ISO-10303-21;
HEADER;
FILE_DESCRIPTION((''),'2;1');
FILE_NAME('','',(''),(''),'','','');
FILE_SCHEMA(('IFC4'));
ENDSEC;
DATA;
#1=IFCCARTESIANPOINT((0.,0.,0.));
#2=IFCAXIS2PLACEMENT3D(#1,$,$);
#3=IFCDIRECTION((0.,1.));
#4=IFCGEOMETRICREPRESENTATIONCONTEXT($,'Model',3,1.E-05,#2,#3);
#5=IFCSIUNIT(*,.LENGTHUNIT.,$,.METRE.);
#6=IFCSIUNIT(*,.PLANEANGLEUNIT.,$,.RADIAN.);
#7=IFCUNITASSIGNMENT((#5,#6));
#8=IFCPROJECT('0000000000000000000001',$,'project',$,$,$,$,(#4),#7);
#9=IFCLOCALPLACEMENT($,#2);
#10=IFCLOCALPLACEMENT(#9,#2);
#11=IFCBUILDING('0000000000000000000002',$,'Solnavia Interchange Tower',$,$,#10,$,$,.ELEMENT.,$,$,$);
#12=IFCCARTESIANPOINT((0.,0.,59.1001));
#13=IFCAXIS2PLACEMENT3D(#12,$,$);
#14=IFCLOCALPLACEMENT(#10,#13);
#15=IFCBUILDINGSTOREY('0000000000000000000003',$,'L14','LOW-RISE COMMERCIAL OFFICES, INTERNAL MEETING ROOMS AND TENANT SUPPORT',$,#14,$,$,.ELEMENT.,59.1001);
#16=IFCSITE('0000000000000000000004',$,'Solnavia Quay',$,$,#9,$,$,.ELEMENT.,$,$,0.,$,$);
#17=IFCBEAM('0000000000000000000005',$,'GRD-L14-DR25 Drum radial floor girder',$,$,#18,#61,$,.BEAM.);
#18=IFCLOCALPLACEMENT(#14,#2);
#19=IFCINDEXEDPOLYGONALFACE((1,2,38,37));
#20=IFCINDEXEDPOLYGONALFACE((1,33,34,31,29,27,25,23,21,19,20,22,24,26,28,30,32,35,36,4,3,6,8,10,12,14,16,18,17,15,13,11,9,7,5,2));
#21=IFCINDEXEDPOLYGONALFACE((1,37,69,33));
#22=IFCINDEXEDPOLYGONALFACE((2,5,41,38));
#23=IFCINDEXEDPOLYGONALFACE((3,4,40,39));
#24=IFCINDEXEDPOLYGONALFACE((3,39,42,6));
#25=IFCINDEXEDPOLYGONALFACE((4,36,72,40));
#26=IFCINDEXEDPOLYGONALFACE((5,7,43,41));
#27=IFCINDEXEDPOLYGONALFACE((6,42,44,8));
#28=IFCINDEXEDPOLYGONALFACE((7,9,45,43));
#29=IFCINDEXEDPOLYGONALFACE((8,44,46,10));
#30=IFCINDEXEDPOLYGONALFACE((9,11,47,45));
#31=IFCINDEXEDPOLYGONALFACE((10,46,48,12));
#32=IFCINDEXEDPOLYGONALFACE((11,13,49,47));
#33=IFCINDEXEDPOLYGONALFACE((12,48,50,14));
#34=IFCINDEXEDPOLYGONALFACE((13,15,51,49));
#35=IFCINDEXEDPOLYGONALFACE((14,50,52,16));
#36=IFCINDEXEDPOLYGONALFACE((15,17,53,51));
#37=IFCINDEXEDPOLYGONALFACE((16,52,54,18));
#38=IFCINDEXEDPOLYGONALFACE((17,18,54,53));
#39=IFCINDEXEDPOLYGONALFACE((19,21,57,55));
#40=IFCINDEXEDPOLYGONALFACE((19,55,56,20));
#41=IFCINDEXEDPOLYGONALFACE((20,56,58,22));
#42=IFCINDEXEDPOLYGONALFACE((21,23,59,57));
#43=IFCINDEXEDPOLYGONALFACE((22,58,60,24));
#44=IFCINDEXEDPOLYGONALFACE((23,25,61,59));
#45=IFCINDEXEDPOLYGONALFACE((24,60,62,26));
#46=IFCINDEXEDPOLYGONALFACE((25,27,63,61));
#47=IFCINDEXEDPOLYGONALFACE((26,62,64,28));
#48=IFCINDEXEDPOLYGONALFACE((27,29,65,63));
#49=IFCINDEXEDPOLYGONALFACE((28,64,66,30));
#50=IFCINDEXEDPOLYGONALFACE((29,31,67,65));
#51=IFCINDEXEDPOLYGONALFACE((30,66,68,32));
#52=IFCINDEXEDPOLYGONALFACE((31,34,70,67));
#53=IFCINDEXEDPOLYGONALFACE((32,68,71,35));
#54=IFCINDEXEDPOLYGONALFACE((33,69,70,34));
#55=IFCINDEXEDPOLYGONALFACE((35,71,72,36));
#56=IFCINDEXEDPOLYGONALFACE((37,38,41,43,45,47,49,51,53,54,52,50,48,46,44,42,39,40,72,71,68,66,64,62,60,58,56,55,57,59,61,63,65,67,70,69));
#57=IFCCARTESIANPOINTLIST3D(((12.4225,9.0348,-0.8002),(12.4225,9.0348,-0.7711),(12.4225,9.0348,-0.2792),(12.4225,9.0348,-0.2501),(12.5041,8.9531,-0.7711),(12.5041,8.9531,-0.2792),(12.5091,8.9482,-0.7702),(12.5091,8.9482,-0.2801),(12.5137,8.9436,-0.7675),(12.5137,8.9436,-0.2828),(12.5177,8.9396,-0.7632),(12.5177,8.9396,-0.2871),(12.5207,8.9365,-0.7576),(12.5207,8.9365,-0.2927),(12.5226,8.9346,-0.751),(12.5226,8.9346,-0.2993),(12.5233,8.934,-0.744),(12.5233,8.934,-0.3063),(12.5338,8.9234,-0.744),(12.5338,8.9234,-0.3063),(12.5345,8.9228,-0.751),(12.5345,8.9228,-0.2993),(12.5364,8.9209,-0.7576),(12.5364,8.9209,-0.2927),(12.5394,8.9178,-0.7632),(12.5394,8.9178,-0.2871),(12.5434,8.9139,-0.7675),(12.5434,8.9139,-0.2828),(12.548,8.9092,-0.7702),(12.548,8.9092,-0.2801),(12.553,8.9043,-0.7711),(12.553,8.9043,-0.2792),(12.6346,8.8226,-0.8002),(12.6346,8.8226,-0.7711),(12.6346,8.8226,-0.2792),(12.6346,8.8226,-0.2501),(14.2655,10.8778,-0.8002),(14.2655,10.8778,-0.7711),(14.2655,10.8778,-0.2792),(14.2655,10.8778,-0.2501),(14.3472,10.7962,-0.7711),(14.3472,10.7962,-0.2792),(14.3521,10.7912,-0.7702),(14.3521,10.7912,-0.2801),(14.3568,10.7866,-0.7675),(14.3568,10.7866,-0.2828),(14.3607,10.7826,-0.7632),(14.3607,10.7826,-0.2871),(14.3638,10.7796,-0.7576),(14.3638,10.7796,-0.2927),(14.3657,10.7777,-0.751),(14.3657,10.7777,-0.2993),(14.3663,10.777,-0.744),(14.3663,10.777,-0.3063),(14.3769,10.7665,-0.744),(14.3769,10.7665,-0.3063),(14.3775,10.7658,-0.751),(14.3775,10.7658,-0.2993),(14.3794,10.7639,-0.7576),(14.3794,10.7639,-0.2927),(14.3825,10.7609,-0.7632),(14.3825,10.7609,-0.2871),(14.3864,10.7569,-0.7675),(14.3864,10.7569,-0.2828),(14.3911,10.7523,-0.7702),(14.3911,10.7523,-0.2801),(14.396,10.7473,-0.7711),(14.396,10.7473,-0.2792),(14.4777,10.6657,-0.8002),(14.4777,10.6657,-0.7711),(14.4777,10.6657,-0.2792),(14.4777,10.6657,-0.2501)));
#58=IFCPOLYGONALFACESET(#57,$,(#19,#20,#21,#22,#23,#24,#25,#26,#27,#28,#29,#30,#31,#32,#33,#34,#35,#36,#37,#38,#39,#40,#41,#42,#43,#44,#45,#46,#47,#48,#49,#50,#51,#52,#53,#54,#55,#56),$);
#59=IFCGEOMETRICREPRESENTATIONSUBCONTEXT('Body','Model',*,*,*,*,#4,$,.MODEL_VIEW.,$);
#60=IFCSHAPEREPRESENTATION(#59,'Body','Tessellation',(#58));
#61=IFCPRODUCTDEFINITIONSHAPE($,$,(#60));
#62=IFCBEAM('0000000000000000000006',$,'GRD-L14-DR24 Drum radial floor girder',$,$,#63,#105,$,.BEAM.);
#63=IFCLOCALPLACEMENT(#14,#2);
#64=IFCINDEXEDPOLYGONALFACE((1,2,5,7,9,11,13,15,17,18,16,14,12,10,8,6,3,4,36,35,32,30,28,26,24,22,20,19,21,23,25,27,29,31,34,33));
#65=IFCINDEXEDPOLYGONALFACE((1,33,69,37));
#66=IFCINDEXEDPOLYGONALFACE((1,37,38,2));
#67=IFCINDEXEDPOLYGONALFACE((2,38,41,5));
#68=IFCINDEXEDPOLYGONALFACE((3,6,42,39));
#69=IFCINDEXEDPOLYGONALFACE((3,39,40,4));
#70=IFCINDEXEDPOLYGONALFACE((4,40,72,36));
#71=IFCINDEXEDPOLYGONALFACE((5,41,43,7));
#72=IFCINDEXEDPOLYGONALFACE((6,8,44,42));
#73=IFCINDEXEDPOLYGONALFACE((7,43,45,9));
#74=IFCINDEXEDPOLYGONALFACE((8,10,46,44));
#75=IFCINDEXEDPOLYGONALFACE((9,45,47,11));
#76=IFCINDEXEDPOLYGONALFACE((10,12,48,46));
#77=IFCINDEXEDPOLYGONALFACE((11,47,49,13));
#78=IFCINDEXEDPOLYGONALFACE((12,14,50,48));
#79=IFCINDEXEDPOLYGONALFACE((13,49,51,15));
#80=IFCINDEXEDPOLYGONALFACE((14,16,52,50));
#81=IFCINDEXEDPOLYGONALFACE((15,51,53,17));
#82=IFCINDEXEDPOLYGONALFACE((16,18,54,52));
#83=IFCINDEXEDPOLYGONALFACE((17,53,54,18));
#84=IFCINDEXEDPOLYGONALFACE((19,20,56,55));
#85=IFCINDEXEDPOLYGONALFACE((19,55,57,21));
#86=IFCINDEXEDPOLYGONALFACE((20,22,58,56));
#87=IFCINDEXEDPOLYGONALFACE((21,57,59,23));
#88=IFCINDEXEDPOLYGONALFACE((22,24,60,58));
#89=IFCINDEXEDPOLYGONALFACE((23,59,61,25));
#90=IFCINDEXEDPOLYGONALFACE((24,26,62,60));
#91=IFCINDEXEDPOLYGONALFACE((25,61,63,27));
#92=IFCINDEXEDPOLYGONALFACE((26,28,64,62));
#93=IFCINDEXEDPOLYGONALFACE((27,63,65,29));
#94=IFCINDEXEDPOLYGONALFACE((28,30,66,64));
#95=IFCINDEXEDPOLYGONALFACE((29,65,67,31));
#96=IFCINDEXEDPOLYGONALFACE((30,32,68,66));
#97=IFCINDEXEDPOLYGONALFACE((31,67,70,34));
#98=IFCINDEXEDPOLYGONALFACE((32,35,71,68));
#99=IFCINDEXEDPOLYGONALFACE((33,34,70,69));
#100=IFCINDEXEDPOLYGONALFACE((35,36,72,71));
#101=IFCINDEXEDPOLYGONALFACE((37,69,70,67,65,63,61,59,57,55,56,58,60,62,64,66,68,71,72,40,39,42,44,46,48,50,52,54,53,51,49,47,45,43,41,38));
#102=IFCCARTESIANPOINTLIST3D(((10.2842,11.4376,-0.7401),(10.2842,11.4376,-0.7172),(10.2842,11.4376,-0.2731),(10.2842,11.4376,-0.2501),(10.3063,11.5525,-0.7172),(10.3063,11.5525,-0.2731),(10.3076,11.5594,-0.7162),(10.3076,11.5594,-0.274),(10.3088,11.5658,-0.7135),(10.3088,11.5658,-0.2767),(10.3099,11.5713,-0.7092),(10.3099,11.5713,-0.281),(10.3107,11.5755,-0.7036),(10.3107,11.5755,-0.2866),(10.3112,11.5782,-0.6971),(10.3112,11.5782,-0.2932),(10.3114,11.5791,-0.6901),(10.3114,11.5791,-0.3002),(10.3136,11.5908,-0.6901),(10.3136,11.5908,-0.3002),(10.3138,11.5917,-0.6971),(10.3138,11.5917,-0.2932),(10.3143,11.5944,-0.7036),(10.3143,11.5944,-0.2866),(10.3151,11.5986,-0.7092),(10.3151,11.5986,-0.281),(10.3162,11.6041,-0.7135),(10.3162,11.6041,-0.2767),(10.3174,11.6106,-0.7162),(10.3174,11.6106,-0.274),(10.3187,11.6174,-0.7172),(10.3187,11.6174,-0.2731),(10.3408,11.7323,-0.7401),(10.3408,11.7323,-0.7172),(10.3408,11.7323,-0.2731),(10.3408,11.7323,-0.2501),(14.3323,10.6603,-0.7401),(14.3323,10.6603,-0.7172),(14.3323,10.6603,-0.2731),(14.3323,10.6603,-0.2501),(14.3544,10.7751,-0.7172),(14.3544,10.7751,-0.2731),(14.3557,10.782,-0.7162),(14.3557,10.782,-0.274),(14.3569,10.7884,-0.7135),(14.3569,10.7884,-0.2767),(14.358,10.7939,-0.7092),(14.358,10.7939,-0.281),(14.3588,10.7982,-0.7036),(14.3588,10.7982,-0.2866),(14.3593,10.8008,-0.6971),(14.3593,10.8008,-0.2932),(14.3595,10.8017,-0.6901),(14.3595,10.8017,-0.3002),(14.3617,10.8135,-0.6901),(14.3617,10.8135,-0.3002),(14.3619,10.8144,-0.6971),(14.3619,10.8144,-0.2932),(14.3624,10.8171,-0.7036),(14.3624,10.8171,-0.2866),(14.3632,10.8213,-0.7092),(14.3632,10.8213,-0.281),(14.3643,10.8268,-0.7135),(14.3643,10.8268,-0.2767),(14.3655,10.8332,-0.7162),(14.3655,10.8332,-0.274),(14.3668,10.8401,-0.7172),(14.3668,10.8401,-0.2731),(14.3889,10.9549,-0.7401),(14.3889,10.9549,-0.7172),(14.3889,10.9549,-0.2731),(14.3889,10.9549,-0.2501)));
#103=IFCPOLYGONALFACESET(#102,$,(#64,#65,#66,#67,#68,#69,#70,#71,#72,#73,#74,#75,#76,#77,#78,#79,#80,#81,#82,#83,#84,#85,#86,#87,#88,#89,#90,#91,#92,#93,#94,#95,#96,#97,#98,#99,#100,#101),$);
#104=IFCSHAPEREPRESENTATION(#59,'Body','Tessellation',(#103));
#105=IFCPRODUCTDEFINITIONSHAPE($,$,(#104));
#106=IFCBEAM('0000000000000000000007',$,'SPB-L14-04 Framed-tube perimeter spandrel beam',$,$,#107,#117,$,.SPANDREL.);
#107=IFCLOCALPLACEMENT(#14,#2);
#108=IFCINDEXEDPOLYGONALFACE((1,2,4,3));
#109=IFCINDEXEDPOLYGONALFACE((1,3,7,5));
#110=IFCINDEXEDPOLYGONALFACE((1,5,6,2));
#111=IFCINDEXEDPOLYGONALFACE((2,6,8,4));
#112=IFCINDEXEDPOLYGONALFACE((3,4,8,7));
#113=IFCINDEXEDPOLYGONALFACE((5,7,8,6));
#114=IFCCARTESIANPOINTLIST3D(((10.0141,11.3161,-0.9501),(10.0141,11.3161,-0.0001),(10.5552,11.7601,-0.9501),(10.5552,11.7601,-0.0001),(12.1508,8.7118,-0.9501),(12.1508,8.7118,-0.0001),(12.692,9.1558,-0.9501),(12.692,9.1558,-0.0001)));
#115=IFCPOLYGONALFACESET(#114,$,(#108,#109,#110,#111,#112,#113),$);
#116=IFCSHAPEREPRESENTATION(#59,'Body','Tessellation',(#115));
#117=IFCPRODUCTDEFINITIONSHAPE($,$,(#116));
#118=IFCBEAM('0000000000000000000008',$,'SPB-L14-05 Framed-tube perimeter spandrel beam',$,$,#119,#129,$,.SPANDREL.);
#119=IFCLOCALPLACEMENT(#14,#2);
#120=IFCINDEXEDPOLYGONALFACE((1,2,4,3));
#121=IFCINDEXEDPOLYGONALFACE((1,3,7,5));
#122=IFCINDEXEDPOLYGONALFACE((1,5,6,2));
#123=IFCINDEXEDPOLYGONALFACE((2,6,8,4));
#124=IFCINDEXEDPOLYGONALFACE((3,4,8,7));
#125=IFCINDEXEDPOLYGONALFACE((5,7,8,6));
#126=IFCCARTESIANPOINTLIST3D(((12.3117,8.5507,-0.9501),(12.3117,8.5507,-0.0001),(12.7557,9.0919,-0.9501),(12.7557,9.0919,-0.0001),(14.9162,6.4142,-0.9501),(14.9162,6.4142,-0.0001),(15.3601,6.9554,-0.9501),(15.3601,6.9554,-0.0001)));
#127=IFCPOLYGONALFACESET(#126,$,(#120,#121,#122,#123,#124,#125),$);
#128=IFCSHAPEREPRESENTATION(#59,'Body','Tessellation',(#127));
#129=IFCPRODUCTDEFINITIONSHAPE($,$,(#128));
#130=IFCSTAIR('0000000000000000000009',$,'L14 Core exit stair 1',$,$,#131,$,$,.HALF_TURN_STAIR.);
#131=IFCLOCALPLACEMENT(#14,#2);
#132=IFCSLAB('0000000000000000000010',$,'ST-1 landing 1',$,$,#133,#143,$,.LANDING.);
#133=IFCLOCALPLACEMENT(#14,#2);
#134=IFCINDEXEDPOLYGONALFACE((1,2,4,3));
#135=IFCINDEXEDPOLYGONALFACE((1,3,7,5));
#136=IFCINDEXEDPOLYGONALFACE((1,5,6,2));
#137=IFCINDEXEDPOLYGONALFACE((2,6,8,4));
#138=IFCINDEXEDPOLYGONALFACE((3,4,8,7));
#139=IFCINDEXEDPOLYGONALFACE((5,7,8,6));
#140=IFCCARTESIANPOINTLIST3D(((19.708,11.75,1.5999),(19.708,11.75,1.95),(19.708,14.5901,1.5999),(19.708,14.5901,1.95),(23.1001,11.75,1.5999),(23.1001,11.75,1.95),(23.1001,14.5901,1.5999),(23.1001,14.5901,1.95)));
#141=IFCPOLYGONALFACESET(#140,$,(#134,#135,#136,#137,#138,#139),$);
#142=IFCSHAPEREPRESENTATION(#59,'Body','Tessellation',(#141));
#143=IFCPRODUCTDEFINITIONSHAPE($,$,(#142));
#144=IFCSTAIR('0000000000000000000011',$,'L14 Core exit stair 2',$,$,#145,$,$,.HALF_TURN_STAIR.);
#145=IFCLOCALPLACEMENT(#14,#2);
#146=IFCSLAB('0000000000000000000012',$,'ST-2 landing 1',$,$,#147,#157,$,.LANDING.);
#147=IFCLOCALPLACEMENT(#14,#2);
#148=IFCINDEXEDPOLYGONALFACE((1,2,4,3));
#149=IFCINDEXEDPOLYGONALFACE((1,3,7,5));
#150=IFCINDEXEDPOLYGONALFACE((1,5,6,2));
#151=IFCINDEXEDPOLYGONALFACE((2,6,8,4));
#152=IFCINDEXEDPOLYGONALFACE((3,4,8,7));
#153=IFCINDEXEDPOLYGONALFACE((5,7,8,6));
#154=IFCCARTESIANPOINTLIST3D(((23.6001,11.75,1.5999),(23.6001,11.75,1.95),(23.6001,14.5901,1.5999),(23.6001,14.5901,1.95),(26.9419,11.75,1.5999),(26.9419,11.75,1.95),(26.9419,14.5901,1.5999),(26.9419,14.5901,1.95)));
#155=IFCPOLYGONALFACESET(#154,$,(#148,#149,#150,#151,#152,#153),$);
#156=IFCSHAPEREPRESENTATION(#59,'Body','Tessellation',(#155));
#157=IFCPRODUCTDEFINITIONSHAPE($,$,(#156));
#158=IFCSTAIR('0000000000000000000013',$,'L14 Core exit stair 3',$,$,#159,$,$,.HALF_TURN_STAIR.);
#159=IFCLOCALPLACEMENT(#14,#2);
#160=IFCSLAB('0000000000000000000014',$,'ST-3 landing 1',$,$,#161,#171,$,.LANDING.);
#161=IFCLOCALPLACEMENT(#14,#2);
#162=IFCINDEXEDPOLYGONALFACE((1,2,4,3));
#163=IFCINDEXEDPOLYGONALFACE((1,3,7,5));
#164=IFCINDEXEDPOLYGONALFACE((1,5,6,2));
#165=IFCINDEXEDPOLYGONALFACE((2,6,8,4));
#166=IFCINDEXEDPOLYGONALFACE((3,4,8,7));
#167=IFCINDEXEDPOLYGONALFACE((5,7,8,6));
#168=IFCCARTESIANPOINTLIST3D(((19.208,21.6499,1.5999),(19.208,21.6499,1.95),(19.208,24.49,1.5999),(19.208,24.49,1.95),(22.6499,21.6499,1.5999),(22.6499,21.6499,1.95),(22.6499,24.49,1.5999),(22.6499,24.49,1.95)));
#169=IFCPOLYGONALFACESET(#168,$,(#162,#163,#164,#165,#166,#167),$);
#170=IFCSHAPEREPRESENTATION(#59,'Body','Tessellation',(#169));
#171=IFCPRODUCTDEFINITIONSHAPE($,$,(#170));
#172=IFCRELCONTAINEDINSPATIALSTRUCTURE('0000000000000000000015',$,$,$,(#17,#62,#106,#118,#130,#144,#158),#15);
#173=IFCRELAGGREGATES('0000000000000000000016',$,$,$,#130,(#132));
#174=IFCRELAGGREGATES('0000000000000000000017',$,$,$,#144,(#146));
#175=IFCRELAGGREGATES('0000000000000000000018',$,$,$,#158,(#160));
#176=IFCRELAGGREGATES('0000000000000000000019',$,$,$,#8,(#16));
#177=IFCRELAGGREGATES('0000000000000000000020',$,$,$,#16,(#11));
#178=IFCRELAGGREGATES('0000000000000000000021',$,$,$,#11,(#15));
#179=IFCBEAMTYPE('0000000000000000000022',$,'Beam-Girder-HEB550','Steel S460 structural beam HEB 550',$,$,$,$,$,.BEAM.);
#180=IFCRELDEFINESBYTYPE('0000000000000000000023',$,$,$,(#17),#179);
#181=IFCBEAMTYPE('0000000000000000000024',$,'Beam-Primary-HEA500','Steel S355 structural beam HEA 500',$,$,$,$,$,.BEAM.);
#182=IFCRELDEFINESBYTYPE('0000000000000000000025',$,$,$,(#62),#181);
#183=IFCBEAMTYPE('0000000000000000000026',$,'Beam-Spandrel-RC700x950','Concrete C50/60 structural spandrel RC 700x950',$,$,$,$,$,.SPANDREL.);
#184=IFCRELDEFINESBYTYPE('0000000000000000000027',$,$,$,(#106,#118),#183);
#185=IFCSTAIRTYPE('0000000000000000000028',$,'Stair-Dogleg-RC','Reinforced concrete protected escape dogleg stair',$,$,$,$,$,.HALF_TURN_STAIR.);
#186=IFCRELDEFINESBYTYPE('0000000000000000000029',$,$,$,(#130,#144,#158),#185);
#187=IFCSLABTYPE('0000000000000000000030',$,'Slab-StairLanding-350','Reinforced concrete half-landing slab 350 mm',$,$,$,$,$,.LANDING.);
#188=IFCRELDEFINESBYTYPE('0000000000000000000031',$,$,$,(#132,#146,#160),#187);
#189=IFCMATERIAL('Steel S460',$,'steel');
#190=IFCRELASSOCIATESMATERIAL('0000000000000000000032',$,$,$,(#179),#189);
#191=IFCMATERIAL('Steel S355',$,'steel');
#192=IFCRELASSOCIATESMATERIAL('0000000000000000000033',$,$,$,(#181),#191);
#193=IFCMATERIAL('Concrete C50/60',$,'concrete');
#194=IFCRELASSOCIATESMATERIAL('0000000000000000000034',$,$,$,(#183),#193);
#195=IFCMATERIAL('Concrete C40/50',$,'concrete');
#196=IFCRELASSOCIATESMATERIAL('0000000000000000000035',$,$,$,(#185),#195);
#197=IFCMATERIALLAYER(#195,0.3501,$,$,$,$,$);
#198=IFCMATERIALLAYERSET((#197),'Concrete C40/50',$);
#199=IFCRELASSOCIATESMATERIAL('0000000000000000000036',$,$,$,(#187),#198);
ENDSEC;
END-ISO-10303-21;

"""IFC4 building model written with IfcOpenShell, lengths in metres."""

from ifc_helpers import new_model, si_unit, direction, frame, origin, origin_2d, place, context, subcontext, project, spatial, polyline, rectangle, i_section, outline, extrude, material, layer, layer_set, material_profile, profile_set, type_object, element, aggregate, save


model = new_model("IFC4")

# Units and contexts
model_context = context("Model", 3, precision=1e-05, world=origin(), true_north=direction((0.0, 1.0)))
body_context = subcontext(model_context, "Body", "Model", "MODEL_VIEW")
ifc_project = project(units=[si_unit("LENGTHUNIT", "METRE"), si_unit("PLANEANGLEUNIT", "RADIAN")], contexts=[model_context])

# Site, building, storey
site_placement = place(None, origin())
site = spatial("IfcSite", under=ifc_project, at=site_placement, Name="Solnavia Quay", CompositionType="ELEMENT", RefElevation=0.0)
building_placement = place(site_placement, origin())
building = spatial("IfcBuilding", under=site, at=building_placement, Name="Solnavia Interchange Tower", CompositionType="ELEMENT")
storey_placement = place(building_placement, frame((0.0, 0.0, 59.1001)))
storey = spatial("IfcBuildingStorey", under=building, at=storey_placement, Name="L14", Description="LOW-RISE COMMERCIAL OFFICES, INTERNAL MEETING ROOMS AND TENANT SUPPORT", CompositionType="ELEMENT", Elevation=59.1001)

# Shared definitions
ifc_material_1 = material(Name="Steel S355", Category="steel")

# Beams
ifc_material_2 = material(Name="Steel S460", Category="steel")
ifc_material_profile_1 = material_profile(ifc_material_2, i_section(OverallWidth=0.3, OverallDepth=0.55, WebThickness=0.0149, FlangeThickness=0.0291, FilletRadius=0.0271, at=origin_2d()), Name="HEB 550")
ifc_profile_set_1 = profile_set([ifc_material_profile_1], Name="Steel S460")
beam_type_1 = type_object("IfcBeamType", Name="Beam-Girder-HEB550", Description="Steel S460 structural beam HEB 550", PredefinedType="BEAM", material=ifc_profile_set_1)
beam_1_placement = place(storey_placement, frame((12.5286, 8.9287, -0.5251), z_axis=(0.707107, 0.707107, 0.0), x_axis=(-0.707107, 0.707107, 0.0)))
element("IfcBeam", 1, at=beam_1_placement, inside=storey, type_object=beam_type_1, Name="GRD-L14-DR25 Drum radial floor girder", PredefinedType="BEAM", context=body_context, shape_type="SweptSolid", body=[
    extrude(i_section(OverallWidth=0.3, OverallDepth=0.55, WebThickness=0.0149, FlangeThickness=0.0291, FilletRadius=0.0271, at=origin_2d()), origin(), (0.0, 0.0, 1.0), 2.6064),
])
ifc_material_profile_2 = material_profile(ifc_material_1, i_section(OverallWidth=0.3, OverallDepth=0.49, WebThickness=0.012, FlangeThickness=0.0229, FilletRadius=0.0271, at=origin_2d()), Name="HEA 500")
ifc_profile_set_2 = profile_set([ifc_material_profile_2], Name="Steel S355")
beam_type_2 = type_object("IfcBeamType", Name="Beam-Primary-HEA500", Description="Steel S355 structural beam HEA 500", PredefinedType="BEAM", material=ifc_profile_set_2)
beam_2_placement = place(storey_placement, frame((10.3125, 11.585, -0.4951), z_axis=(0.982058, -0.188582, 0.0), x_axis=(0.188582, 0.982058, 0.0)))
element("IfcBeam", 2, at=beam_2_placement, inside=storey, type_object=beam_type_2, Name="GRD-L14-DR24 Drum radial floor girder", PredefinedType="BEAM", context=body_context, shape_type="SweptSolid", body=[
    extrude(i_section(OverallWidth=0.3, OverallDepth=0.49, WebThickness=0.012, FlangeThickness=0.0229, FilletRadius=0.0271, at=origin_2d()), origin(), (0.0, 0.0, 1.0), 4.1221),
])
ifc_material_3 = material(Name="Concrete C50/60", Category="concrete")
ifc_material_profile_3 = material_profile(ifc_material_3, rectangle(XDim=0.7, YDim=0.95, at=origin_2d()), Name="RC 700x950")
ifc_profile_set_3 = profile_set([ifc_material_profile_3], Name="Concrete C50/60")
beam_type_3 = type_object("IfcBeamType", Name="Beam-Spandrel-RC700x950", Description="Concrete C50/60 structural spandrel RC 700x950", PredefinedType="SPANDREL", material=ifc_profile_set_3)
for number, where, z_axis, x_axis, name in (
    (3, (10.2847, 11.5381, -0.4751), (0.634299, -0.773088, 0.0), (0.773088, 0.634299, 0.0), "SPB-L14-04 Framed-tube perimeter spandrel beam"),
    (4, (12.5337, 8.8213, -0.4751), (0.773153, -0.63422, 0.0), (0.63422, 0.773153, 0.0), "SPB-L14-05 Framed-tube perimeter spandrel beam"),
):
    element("IfcBeam", number, at=place(storey_placement, frame(where, z_axis=z_axis, x_axis=x_axis)), inside=storey, type_object=beam_type_3, Name=name, PredefinedType="SPANDREL", context=body_context, shape_type="SweptSolid", body=[
        extrude(rectangle(XDim=0.7, YDim=0.95, at=origin_2d()), origin(), (0.0, 0.0, 1.0), 3.3687),
    ])

# Stairs, slabs
ifc_material_4 = material(Name="Concrete C40/50", Category="concrete")
stair_type = type_object("IfcStairType", Name="Stair-Dogleg-RC", Description="Reinforced concrete protected escape dogleg stair", PredefinedType="HALF_TURN_STAIR", material=ifc_material_4)
stair_1_placement = place(storey_placement, origin())
stair_1 = element("IfcStair", 5, at=stair_1_placement, inside=storey, type_object=stair_type, Name="L14 Core exit stair 1", PredefinedType="HALF_TURN_STAIR")
ifc_layer_1 = layer(ifc_material_4, 0.3501)
ifc_layer_set_1 = layer_set([ifc_layer_1], Name="Concrete C40/50")
slab_type_1 = type_object("IfcSlabType", Name="Slab-StairLanding-350", Description="Reinforced concrete half-landing slab 350 mm", PredefinedType="LANDING", material=ifc_layer_set_1)
slab_1_placement = place(storey_placement, frame((0.0, 0.0, 1.5999)))
slab_1 = element("IfcSlab", 6, at=slab_1_placement, type_object=slab_type_1, Name="ST-1 landing 1", PredefinedType="LANDING", context=body_context, shape_type="SweptSolid", body=[
    extrude(outline(polyline([(19.708, 11.75), (23.1001, 11.75), (23.1001, 14.5901), (19.708, 14.5901), (19.708, 11.75)])), origin(), (0.0, 0.0, 1.0), 0.3501),
])
aggregate(stair_1, [slab_1])
stair_2_placement = place(storey_placement, origin())
stair_2 = element("IfcStair", 7, at=stair_2_placement, inside=storey, type_object=stair_type, Name="L14 Core exit stair 2", PredefinedType="HALF_TURN_STAIR")
slab_2_placement = place(storey_placement, frame((0.0, 0.0, 1.5999)))
slab_2 = element("IfcSlab", 8, at=slab_2_placement, type_object=slab_type_1, Name="ST-2 landing 1", PredefinedType="LANDING", context=body_context, shape_type="SweptSolid", body=[
    extrude(outline(polyline([(23.6001, 11.75), (26.9419, 11.75), (26.9419, 14.5901), (23.6001, 14.5901), (23.6001, 11.75)])), origin(), (0.0, 0.0, 1.0), 0.3501),
])
aggregate(stair_2, [slab_2])
stair_3_placement = place(storey_placement, origin())
stair_3 = element("IfcStair", 9, at=stair_3_placement, inside=storey, type_object=stair_type, Name="L14 Core exit stair 3", PredefinedType="HALF_TURN_STAIR")
slab_3_placement = place(storey_placement, frame((0.0, 0.0, 1.5999)))
slab_3 = element("IfcSlab", 10, at=slab_3_placement, type_object=slab_type_1, Name="ST-3 landing 1", PredefinedType="LANDING", context=body_context, shape_type="SweptSolid", body=[
    extrude(outline(polyline([(19.208, 21.6499), (22.6499, 21.6499), (22.6499, 24.49), (19.208, 24.49), (19.208, 21.6499)])), origin(), (0.0, 0.0, 1.0), 0.3501),
])
aggregate(stair_3, [slab_3])

save(model, "model.ifc")
